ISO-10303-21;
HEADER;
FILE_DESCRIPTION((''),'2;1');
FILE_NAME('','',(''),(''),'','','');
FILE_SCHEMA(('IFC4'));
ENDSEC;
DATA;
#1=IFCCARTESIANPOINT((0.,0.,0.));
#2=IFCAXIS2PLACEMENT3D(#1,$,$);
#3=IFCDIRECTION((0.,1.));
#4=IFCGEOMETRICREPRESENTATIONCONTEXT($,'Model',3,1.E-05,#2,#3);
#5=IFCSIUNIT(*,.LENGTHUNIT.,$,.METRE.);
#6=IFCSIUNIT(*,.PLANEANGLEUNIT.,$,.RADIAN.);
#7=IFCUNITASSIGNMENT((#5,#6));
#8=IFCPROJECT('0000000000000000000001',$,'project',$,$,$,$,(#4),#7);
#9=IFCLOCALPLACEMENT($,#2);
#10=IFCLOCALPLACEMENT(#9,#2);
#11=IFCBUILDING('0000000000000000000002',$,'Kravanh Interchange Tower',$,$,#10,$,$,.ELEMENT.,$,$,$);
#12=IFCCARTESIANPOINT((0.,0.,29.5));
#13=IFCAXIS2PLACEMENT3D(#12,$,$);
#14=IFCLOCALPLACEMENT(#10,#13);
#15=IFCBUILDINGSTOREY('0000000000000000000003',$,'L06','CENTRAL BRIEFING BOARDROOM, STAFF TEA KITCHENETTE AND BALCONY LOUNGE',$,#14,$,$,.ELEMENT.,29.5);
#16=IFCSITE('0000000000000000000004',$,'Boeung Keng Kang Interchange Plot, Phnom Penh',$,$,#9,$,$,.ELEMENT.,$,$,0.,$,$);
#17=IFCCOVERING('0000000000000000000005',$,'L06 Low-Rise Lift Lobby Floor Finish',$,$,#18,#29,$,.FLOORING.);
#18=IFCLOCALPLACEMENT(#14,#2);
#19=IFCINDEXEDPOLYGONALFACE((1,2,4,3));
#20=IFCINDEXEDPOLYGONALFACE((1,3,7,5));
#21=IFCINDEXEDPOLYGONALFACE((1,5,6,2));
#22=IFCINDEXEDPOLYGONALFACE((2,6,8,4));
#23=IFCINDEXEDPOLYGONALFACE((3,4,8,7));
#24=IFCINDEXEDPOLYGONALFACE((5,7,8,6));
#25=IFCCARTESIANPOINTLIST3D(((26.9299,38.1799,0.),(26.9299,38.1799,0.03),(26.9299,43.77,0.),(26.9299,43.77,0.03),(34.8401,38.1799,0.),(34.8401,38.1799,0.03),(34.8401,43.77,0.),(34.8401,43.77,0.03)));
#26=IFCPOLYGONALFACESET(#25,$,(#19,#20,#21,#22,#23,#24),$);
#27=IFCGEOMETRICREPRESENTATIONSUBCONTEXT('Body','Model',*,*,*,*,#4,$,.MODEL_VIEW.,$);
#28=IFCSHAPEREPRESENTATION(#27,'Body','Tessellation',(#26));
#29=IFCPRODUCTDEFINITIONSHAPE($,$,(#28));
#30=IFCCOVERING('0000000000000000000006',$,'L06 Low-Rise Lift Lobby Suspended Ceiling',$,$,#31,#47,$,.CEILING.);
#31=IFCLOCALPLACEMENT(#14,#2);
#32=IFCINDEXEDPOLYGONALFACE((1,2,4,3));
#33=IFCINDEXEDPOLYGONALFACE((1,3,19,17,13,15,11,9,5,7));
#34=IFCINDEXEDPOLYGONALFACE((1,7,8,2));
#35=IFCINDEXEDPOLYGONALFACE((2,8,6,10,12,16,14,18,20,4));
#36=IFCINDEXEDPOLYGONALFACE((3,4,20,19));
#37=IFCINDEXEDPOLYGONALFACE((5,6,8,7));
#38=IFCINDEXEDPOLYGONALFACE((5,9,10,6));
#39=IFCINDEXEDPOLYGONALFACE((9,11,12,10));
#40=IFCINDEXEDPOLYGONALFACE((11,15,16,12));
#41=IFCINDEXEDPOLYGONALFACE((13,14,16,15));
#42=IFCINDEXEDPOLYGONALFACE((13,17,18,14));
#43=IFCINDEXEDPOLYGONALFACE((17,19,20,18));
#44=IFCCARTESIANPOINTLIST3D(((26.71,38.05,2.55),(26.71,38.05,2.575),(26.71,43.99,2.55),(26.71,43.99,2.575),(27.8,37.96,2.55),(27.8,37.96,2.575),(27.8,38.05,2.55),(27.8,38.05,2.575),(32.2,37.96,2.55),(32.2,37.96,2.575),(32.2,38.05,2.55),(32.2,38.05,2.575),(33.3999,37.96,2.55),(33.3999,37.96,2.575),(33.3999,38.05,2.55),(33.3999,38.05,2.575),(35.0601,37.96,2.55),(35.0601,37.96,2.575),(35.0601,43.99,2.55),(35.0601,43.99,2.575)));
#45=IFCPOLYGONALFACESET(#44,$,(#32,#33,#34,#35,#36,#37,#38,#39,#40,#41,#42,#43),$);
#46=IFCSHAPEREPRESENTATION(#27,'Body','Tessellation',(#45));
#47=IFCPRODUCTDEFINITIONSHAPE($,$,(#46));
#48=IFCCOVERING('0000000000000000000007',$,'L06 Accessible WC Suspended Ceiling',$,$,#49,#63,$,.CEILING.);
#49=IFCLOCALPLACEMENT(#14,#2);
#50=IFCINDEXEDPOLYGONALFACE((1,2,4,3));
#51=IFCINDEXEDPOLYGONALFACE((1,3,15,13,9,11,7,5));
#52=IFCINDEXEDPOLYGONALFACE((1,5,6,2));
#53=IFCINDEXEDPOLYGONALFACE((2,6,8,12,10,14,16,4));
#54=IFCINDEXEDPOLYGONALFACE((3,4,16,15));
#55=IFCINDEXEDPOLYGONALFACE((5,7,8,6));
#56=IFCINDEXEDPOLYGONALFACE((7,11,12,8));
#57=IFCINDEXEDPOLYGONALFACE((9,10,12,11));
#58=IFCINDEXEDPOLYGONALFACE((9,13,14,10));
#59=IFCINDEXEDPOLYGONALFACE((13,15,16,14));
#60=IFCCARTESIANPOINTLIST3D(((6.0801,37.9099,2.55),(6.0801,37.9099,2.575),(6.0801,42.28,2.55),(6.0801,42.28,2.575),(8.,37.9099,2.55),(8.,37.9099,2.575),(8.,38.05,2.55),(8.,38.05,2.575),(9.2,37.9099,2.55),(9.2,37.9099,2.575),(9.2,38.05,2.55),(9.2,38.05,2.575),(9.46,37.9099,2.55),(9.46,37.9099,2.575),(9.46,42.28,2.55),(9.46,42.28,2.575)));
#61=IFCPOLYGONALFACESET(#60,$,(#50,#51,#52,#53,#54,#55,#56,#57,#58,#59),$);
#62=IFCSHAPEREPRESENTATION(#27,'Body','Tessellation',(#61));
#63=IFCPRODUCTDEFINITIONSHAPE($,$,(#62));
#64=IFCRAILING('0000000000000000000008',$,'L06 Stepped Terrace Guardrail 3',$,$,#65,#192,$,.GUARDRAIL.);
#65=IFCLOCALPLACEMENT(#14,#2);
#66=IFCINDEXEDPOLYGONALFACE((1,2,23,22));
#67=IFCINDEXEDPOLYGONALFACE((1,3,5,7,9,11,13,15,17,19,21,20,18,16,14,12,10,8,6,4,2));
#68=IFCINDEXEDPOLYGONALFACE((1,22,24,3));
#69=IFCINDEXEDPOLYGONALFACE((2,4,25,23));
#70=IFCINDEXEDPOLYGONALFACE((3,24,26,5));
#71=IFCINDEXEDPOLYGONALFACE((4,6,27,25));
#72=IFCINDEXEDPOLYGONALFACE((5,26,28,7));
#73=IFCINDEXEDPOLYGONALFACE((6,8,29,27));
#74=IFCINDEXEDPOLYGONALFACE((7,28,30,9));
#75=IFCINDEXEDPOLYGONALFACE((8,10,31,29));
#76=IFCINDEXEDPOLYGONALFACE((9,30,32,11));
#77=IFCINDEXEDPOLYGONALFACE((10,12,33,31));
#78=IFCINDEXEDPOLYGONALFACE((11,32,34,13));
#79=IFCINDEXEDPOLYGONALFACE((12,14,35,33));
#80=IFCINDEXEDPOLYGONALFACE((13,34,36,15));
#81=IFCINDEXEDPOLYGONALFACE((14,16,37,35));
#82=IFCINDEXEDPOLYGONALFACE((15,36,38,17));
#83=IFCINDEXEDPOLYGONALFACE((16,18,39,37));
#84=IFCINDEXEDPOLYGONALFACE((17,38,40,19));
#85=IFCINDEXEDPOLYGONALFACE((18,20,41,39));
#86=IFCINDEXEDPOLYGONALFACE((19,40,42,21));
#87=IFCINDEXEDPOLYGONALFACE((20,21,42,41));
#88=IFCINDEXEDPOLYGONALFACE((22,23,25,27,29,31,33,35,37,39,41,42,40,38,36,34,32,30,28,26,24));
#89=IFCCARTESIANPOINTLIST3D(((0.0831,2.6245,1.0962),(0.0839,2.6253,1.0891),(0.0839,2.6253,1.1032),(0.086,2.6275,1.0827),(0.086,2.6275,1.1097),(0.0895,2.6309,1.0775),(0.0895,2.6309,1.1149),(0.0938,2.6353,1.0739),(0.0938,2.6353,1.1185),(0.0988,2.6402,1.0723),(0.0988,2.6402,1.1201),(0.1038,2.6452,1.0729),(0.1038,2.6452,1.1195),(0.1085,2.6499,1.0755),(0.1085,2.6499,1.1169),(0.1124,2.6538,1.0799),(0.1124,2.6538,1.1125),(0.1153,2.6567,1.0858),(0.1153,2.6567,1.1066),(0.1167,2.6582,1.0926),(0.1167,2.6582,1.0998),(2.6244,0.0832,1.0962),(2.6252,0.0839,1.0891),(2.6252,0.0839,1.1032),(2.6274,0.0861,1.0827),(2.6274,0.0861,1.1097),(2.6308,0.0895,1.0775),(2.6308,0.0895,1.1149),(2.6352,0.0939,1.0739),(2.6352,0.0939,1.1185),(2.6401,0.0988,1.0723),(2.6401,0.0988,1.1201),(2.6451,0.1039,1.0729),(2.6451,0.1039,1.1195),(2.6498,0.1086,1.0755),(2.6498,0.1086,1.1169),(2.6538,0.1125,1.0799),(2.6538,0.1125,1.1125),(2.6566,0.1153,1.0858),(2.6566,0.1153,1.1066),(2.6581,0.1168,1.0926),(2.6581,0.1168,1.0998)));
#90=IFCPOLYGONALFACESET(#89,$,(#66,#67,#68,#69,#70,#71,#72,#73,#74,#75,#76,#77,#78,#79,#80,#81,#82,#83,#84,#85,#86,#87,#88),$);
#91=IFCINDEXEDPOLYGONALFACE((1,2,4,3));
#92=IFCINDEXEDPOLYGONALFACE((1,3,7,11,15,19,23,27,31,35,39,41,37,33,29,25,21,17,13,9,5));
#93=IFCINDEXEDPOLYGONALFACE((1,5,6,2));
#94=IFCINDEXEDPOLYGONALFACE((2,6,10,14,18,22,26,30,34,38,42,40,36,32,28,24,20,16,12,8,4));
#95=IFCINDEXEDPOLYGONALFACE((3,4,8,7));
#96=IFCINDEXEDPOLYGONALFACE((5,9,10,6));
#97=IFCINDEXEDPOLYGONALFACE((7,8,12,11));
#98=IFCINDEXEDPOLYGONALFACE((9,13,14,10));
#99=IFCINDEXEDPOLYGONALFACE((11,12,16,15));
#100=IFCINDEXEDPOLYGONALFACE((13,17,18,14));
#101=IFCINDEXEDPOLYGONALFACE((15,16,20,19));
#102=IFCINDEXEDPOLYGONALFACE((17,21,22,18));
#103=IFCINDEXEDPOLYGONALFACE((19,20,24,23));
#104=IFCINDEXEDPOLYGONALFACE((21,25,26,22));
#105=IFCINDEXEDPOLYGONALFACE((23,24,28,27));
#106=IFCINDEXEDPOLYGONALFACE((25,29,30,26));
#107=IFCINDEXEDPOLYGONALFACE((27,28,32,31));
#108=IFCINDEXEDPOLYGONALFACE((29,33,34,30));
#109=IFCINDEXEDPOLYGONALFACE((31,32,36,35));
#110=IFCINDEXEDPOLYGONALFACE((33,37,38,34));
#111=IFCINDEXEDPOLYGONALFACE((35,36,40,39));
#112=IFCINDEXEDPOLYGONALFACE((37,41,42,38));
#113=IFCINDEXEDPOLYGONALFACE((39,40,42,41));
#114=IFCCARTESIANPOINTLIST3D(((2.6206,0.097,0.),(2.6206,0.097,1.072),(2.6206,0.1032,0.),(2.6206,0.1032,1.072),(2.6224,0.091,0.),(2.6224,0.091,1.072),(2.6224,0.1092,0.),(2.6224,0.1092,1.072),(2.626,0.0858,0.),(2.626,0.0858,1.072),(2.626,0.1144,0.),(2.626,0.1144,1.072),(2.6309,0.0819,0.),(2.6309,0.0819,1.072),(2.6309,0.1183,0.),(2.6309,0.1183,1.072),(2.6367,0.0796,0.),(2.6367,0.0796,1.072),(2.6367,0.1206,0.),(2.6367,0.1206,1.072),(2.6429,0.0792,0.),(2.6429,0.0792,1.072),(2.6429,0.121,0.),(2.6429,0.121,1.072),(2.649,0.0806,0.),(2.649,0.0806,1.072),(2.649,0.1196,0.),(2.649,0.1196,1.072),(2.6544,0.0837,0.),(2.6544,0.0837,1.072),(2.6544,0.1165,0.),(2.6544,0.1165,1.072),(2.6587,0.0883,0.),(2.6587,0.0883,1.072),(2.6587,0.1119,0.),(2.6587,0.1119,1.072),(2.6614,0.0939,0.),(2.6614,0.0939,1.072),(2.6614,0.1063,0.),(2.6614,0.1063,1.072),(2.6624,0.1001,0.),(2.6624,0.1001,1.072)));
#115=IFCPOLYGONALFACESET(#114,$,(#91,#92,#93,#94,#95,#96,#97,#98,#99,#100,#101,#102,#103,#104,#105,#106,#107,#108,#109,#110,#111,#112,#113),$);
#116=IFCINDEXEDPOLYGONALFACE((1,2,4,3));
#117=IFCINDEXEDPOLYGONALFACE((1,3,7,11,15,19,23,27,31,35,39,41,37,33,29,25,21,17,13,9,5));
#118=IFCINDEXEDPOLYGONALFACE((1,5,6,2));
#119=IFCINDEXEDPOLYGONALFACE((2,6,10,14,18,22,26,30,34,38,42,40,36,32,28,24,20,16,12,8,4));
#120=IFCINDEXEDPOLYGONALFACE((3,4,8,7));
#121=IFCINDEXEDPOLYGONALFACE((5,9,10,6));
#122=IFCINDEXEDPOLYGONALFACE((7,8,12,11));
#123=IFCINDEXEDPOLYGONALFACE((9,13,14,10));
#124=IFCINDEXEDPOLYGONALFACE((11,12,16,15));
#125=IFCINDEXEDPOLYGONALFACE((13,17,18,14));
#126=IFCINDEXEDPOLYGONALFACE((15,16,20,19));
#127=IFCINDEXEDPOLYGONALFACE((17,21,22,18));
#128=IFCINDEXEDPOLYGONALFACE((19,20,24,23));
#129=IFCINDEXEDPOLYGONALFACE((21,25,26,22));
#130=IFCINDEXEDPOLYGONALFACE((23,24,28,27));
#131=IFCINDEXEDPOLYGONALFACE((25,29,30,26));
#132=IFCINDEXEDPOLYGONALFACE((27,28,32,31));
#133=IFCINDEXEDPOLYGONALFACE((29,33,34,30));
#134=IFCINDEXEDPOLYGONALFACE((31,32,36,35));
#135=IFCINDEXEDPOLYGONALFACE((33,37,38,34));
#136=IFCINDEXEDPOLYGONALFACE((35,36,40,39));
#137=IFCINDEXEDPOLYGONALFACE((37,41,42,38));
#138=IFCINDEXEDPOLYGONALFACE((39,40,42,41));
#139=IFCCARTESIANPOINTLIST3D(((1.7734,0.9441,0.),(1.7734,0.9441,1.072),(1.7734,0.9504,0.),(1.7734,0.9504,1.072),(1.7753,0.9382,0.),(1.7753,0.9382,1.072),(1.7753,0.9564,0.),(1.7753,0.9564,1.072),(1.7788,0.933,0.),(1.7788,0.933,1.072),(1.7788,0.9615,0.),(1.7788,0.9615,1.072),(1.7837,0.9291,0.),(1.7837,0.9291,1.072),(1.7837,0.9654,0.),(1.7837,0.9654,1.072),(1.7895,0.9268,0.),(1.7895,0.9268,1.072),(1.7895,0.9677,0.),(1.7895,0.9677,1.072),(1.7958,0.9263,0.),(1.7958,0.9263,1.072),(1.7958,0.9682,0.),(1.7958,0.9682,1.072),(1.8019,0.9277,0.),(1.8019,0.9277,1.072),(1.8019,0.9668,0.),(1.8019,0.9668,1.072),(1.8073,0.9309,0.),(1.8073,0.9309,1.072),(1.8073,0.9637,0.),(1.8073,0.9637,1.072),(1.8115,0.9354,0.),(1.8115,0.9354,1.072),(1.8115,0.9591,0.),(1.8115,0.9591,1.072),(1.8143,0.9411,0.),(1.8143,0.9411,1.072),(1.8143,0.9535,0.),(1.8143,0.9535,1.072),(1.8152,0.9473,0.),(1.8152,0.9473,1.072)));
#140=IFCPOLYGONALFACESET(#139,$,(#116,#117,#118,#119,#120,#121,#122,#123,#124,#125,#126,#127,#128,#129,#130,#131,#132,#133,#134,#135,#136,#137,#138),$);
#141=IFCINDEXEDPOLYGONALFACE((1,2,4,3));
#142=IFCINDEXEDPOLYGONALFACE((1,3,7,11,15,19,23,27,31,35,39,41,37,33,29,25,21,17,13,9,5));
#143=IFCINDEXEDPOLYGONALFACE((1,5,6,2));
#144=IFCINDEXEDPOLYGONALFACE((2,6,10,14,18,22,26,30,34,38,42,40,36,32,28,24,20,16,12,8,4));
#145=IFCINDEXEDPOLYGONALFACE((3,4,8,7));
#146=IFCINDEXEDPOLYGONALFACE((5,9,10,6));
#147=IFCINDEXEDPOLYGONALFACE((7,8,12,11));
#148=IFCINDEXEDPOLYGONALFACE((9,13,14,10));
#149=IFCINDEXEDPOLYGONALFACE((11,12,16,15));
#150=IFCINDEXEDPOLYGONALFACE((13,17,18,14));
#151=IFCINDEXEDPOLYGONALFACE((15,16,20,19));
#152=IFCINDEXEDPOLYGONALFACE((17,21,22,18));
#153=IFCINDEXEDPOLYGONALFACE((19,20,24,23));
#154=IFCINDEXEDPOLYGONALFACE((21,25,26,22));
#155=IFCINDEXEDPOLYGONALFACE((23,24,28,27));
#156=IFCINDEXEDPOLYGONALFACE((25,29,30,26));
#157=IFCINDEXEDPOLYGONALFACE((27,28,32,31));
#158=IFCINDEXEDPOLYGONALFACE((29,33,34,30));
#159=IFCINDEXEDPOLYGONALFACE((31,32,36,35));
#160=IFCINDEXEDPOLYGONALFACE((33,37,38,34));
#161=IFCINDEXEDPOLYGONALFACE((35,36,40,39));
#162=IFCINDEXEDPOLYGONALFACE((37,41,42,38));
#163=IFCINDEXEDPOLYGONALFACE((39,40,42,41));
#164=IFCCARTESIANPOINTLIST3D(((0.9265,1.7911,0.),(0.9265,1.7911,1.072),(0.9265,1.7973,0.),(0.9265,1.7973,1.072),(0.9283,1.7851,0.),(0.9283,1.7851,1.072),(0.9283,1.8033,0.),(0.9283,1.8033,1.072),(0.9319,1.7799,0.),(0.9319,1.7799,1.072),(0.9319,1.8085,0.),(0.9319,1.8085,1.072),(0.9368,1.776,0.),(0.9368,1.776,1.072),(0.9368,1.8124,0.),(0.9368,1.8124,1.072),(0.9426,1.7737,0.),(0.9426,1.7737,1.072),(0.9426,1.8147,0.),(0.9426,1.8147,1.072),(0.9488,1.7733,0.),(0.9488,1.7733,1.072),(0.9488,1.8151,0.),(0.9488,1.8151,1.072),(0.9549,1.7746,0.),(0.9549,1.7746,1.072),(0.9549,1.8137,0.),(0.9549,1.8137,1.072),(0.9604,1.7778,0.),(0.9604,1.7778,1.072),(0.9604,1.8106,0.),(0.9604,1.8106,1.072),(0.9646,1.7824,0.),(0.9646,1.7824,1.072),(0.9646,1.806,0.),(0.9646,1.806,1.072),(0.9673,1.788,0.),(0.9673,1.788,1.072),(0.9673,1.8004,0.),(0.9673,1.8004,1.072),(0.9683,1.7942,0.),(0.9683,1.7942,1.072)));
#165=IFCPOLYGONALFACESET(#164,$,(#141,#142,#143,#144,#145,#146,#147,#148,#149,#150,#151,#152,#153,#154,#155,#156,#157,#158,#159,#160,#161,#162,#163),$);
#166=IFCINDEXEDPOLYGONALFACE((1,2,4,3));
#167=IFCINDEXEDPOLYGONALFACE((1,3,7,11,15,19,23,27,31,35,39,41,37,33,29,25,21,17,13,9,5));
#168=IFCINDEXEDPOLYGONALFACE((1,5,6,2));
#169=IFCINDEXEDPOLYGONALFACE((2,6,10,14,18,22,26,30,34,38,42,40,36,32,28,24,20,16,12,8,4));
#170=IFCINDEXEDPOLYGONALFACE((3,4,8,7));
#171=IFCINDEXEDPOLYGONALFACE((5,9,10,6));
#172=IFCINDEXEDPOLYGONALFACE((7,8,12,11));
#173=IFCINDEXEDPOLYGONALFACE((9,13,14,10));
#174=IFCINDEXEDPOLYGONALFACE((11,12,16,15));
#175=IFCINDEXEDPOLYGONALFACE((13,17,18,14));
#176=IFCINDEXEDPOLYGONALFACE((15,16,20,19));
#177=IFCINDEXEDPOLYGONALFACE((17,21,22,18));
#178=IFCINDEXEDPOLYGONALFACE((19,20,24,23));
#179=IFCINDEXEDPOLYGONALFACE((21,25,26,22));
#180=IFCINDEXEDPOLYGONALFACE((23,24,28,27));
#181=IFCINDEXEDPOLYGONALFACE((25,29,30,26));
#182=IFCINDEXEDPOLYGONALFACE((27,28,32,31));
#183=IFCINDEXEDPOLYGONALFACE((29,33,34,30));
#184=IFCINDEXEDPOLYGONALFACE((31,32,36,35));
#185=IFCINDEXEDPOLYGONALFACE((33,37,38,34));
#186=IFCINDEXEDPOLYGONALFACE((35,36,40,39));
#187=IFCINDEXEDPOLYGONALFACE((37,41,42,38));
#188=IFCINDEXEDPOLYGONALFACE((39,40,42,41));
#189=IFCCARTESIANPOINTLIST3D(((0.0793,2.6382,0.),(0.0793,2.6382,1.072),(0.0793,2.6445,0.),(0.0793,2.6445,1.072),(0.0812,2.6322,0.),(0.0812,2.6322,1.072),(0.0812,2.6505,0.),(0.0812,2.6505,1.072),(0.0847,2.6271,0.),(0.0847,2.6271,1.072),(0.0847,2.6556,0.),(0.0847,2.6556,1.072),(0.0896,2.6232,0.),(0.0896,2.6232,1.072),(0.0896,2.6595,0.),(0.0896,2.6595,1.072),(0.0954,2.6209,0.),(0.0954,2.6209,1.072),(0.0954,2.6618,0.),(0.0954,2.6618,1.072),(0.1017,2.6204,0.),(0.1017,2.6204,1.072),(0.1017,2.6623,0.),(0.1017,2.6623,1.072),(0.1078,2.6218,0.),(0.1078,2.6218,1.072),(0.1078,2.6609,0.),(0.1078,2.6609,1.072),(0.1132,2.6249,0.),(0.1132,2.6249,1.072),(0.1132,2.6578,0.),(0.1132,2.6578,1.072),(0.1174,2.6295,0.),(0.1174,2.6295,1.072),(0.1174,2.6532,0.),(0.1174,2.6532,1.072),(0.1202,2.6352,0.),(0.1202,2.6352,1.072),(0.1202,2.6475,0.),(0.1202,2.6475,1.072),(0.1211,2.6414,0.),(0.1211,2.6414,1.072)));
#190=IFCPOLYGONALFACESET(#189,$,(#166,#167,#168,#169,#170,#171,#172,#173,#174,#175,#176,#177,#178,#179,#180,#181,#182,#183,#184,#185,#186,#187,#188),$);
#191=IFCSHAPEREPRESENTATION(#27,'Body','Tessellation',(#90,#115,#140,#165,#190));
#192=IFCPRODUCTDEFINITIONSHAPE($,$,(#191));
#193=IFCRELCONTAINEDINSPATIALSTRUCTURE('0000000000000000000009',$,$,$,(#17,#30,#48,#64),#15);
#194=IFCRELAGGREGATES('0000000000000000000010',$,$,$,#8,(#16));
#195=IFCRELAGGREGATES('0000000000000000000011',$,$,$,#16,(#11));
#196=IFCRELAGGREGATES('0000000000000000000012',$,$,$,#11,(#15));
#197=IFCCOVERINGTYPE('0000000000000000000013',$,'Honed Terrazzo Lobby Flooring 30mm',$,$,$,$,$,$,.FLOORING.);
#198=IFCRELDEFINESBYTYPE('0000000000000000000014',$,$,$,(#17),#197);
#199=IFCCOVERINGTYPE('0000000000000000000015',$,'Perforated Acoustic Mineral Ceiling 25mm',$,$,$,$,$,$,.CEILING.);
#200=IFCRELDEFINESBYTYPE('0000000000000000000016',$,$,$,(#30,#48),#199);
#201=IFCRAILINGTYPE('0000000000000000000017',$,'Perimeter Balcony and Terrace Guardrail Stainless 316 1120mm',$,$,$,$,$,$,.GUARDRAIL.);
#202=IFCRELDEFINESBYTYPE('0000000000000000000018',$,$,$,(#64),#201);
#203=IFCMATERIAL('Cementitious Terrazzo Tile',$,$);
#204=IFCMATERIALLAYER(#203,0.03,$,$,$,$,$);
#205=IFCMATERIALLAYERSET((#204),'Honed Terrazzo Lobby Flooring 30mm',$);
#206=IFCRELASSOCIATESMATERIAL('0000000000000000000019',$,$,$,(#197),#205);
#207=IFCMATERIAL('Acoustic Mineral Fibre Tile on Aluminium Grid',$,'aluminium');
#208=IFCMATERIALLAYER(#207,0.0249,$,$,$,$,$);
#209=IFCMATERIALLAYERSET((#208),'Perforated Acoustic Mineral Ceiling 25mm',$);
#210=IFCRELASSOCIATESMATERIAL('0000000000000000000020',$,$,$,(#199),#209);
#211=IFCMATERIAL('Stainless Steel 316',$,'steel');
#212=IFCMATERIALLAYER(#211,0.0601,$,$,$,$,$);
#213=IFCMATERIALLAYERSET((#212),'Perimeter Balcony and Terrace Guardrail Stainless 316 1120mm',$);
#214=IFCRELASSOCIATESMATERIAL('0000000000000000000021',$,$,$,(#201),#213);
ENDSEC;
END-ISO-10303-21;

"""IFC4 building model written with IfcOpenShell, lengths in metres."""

from ifc_helpers import new_model, si_unit, direction, frame, origin, origin_2d, place, context, subcontext, project, spatial, polyline, circle, outline, extrude, material, layer, layer_set, type_object, element, save


model = new_model("IFC4")

# Units and contexts
model_context = context("Model", 3, precision=1e-05, world=origin(), true_north=direction((0.0, 1.0)))
body_context = subcontext(model_context, "Body", "Model", "MODEL_VIEW")
ifc_project = project(units=[si_unit("LENGTHUNIT", "METRE"), si_unit("PLANEANGLEUNIT", "RADIAN")], contexts=[model_context])

# Site, building, storey
site_placement = place(None, origin())
site = spatial("IfcSite", under=ifc_project, at=site_placement, Name="Boeung Keng Kang Interchange Plot, Phnom Penh", CompositionType="ELEMENT", RefElevation=0.0)
building_placement = place(site_placement, origin())
building = spatial("IfcBuilding", under=site, at=building_placement, Name="Kravanh Interchange Tower", CompositionType="ELEMENT")
storey_placement = place(building_placement, frame((0.0, 0.0, 29.5)))
storey = spatial("IfcBuildingStorey", under=building, at=storey_placement, Name="L06", Description="CENTRAL BRIEFING BOARDROOM, STAFF TEA KITCHENETTE AND BALCONY LOUNGE", CompositionType="ELEMENT", Elevation=29.5)

# Coverings
ifc_material_1 = material(Name="Cementitious Terrazzo Tile")
ifc_layer_1 = layer(ifc_material_1, 0.03)
ifc_layer_set_1 = layer_set([ifc_layer_1], Name="Honed Terrazzo Lobby Flooring 30mm")
covering_type_1 = type_object("IfcCoveringType", Name="Honed Terrazzo Lobby Flooring 30mm", PredefinedType="FLOORING", material=ifc_layer_set_1)
covering_1_placement = place(storey_placement, origin())
element("IfcCovering", 1, at=covering_1_placement, inside=storey, type_object=covering_type_1, Name="L06 Low-Rise Lift Lobby Floor Finish", PredefinedType="FLOORING", context=body_context, shape_type="SweptSolid", body=[
    extrude(outline(polyline([(26.9299, 43.77), (34.8401, 43.77), (34.8401, 38.1799), (26.9299, 38.1799), (26.9299, 43.77)])), origin(), (0.0, 0.0, 1.0), 0.03),
])
ifc_material_2 = material(Name="Acoustic Mineral Fibre Tile on Aluminium Grid", Category="aluminium")
ifc_layer_2 = layer(ifc_material_2, 0.0249)
ifc_layer_set_2 = layer_set([ifc_layer_2], Name="Perforated Acoustic Mineral Ceiling 25mm")
covering_type_2 = type_object("IfcCoveringType", Name="Perforated Acoustic Mineral Ceiling 25mm", PredefinedType="CEILING", material=ifc_layer_set_2)
covering_2_placement = place(storey_placement, frame((0.0, 0.0, 2.55)))
element("IfcCovering", 2, at=covering_2_placement, inside=storey, type_object=covering_type_2, Name="L06 Low-Rise Lift Lobby Suspended Ceiling", PredefinedType="CEILING", context=body_context, shape_type="SweptSolid", body=[
    extrude(outline(polyline([(35.0601, 37.96), (33.3999, 37.96), (33.3999, 38.05), (32.2, 38.05), (32.2, 37.96), (27.8, 37.96), (27.8, 38.05), (26.71, 38.05), (26.71, 43.99), (35.0601, 43.99), (35.0601, 37.96)])), origin(), (0.0, 0.0, 1.0), 0.0249),
])
covering_3_placement = place(storey_placement, frame((0.0, 0.0, 2.55)))
element("IfcCovering", 3, at=covering_3_placement, inside=storey, type_object=covering_type_2, Name="L06 Accessible WC Suspended Ceiling", PredefinedType="CEILING", context=body_context, shape_type="SweptSolid", body=[
    extrude(outline(polyline([(9.46, 42.28), (9.46, 37.9099), (9.2, 37.9099), (9.2, 38.05), (8.0, 38.05), (8.0, 37.9099), (6.0801, 37.9099), (6.0801, 42.28), (9.46, 42.28)])), origin(), (0.0, 0.0, 1.0), 0.0249),
])

# Railing
ifc_material_3 = material(Name="Stainless Steel 316", Category="steel")
ifc_layer_3 = layer(ifc_material_3, 0.0601)
ifc_layer_set_3 = layer_set([ifc_layer_3], Name="Perimeter Balcony and Terrace Guardrail Stainless 316 1120mm")
railing_type = type_object("IfcRailingType", Name="Perimeter Balcony and Terrace Guardrail Stainless 316 1120mm", PredefinedType="GUARDRAIL", material=ifc_layer_set_3)
railing_placement = place(storey_placement, frame((2.6414, 0.1001, 0.0)))
element("IfcRailing", 4, at=railing_placement, inside=storey, type_object=railing_type, Name="L06 Stepped Terrace Guardrail 3", PredefinedType="GUARDRAIL", context=body_context, shape_type="SweptSolid", body=[
    extrude(circle(Radius=0.0239, at=origin_2d()), frame((0.0, 0.0, 1.0962), z_axis=(-0.707107, 0.707107, 0.0), x_axis=(-0.707107, -0.707107, 0.0)), (0.0, 0.0, 1.0), 3.594),
    extrude(circle(Radius=0.021, at=origin_2d()), origin(), (0.0, 0.0, 1.0), 1.072),
    extrude(circle(Radius=0.021, at=origin_2d()), frame((-0.8472, 0.8472, 0.0)), (0.0, 0.0, 1.0), 1.072),
    extrude(circle(Radius=0.021, at=origin_2d()), frame((-1.6941, 1.6941, 0.0)), (0.0, 0.0, 1.0), 1.072),
    extrude(circle(Radius=0.021, at=origin_2d()), frame((-2.5413, 2.5413, 0.0)), (0.0, 0.0, 1.0), 1.072),
])

save(model, "model.ifc")
